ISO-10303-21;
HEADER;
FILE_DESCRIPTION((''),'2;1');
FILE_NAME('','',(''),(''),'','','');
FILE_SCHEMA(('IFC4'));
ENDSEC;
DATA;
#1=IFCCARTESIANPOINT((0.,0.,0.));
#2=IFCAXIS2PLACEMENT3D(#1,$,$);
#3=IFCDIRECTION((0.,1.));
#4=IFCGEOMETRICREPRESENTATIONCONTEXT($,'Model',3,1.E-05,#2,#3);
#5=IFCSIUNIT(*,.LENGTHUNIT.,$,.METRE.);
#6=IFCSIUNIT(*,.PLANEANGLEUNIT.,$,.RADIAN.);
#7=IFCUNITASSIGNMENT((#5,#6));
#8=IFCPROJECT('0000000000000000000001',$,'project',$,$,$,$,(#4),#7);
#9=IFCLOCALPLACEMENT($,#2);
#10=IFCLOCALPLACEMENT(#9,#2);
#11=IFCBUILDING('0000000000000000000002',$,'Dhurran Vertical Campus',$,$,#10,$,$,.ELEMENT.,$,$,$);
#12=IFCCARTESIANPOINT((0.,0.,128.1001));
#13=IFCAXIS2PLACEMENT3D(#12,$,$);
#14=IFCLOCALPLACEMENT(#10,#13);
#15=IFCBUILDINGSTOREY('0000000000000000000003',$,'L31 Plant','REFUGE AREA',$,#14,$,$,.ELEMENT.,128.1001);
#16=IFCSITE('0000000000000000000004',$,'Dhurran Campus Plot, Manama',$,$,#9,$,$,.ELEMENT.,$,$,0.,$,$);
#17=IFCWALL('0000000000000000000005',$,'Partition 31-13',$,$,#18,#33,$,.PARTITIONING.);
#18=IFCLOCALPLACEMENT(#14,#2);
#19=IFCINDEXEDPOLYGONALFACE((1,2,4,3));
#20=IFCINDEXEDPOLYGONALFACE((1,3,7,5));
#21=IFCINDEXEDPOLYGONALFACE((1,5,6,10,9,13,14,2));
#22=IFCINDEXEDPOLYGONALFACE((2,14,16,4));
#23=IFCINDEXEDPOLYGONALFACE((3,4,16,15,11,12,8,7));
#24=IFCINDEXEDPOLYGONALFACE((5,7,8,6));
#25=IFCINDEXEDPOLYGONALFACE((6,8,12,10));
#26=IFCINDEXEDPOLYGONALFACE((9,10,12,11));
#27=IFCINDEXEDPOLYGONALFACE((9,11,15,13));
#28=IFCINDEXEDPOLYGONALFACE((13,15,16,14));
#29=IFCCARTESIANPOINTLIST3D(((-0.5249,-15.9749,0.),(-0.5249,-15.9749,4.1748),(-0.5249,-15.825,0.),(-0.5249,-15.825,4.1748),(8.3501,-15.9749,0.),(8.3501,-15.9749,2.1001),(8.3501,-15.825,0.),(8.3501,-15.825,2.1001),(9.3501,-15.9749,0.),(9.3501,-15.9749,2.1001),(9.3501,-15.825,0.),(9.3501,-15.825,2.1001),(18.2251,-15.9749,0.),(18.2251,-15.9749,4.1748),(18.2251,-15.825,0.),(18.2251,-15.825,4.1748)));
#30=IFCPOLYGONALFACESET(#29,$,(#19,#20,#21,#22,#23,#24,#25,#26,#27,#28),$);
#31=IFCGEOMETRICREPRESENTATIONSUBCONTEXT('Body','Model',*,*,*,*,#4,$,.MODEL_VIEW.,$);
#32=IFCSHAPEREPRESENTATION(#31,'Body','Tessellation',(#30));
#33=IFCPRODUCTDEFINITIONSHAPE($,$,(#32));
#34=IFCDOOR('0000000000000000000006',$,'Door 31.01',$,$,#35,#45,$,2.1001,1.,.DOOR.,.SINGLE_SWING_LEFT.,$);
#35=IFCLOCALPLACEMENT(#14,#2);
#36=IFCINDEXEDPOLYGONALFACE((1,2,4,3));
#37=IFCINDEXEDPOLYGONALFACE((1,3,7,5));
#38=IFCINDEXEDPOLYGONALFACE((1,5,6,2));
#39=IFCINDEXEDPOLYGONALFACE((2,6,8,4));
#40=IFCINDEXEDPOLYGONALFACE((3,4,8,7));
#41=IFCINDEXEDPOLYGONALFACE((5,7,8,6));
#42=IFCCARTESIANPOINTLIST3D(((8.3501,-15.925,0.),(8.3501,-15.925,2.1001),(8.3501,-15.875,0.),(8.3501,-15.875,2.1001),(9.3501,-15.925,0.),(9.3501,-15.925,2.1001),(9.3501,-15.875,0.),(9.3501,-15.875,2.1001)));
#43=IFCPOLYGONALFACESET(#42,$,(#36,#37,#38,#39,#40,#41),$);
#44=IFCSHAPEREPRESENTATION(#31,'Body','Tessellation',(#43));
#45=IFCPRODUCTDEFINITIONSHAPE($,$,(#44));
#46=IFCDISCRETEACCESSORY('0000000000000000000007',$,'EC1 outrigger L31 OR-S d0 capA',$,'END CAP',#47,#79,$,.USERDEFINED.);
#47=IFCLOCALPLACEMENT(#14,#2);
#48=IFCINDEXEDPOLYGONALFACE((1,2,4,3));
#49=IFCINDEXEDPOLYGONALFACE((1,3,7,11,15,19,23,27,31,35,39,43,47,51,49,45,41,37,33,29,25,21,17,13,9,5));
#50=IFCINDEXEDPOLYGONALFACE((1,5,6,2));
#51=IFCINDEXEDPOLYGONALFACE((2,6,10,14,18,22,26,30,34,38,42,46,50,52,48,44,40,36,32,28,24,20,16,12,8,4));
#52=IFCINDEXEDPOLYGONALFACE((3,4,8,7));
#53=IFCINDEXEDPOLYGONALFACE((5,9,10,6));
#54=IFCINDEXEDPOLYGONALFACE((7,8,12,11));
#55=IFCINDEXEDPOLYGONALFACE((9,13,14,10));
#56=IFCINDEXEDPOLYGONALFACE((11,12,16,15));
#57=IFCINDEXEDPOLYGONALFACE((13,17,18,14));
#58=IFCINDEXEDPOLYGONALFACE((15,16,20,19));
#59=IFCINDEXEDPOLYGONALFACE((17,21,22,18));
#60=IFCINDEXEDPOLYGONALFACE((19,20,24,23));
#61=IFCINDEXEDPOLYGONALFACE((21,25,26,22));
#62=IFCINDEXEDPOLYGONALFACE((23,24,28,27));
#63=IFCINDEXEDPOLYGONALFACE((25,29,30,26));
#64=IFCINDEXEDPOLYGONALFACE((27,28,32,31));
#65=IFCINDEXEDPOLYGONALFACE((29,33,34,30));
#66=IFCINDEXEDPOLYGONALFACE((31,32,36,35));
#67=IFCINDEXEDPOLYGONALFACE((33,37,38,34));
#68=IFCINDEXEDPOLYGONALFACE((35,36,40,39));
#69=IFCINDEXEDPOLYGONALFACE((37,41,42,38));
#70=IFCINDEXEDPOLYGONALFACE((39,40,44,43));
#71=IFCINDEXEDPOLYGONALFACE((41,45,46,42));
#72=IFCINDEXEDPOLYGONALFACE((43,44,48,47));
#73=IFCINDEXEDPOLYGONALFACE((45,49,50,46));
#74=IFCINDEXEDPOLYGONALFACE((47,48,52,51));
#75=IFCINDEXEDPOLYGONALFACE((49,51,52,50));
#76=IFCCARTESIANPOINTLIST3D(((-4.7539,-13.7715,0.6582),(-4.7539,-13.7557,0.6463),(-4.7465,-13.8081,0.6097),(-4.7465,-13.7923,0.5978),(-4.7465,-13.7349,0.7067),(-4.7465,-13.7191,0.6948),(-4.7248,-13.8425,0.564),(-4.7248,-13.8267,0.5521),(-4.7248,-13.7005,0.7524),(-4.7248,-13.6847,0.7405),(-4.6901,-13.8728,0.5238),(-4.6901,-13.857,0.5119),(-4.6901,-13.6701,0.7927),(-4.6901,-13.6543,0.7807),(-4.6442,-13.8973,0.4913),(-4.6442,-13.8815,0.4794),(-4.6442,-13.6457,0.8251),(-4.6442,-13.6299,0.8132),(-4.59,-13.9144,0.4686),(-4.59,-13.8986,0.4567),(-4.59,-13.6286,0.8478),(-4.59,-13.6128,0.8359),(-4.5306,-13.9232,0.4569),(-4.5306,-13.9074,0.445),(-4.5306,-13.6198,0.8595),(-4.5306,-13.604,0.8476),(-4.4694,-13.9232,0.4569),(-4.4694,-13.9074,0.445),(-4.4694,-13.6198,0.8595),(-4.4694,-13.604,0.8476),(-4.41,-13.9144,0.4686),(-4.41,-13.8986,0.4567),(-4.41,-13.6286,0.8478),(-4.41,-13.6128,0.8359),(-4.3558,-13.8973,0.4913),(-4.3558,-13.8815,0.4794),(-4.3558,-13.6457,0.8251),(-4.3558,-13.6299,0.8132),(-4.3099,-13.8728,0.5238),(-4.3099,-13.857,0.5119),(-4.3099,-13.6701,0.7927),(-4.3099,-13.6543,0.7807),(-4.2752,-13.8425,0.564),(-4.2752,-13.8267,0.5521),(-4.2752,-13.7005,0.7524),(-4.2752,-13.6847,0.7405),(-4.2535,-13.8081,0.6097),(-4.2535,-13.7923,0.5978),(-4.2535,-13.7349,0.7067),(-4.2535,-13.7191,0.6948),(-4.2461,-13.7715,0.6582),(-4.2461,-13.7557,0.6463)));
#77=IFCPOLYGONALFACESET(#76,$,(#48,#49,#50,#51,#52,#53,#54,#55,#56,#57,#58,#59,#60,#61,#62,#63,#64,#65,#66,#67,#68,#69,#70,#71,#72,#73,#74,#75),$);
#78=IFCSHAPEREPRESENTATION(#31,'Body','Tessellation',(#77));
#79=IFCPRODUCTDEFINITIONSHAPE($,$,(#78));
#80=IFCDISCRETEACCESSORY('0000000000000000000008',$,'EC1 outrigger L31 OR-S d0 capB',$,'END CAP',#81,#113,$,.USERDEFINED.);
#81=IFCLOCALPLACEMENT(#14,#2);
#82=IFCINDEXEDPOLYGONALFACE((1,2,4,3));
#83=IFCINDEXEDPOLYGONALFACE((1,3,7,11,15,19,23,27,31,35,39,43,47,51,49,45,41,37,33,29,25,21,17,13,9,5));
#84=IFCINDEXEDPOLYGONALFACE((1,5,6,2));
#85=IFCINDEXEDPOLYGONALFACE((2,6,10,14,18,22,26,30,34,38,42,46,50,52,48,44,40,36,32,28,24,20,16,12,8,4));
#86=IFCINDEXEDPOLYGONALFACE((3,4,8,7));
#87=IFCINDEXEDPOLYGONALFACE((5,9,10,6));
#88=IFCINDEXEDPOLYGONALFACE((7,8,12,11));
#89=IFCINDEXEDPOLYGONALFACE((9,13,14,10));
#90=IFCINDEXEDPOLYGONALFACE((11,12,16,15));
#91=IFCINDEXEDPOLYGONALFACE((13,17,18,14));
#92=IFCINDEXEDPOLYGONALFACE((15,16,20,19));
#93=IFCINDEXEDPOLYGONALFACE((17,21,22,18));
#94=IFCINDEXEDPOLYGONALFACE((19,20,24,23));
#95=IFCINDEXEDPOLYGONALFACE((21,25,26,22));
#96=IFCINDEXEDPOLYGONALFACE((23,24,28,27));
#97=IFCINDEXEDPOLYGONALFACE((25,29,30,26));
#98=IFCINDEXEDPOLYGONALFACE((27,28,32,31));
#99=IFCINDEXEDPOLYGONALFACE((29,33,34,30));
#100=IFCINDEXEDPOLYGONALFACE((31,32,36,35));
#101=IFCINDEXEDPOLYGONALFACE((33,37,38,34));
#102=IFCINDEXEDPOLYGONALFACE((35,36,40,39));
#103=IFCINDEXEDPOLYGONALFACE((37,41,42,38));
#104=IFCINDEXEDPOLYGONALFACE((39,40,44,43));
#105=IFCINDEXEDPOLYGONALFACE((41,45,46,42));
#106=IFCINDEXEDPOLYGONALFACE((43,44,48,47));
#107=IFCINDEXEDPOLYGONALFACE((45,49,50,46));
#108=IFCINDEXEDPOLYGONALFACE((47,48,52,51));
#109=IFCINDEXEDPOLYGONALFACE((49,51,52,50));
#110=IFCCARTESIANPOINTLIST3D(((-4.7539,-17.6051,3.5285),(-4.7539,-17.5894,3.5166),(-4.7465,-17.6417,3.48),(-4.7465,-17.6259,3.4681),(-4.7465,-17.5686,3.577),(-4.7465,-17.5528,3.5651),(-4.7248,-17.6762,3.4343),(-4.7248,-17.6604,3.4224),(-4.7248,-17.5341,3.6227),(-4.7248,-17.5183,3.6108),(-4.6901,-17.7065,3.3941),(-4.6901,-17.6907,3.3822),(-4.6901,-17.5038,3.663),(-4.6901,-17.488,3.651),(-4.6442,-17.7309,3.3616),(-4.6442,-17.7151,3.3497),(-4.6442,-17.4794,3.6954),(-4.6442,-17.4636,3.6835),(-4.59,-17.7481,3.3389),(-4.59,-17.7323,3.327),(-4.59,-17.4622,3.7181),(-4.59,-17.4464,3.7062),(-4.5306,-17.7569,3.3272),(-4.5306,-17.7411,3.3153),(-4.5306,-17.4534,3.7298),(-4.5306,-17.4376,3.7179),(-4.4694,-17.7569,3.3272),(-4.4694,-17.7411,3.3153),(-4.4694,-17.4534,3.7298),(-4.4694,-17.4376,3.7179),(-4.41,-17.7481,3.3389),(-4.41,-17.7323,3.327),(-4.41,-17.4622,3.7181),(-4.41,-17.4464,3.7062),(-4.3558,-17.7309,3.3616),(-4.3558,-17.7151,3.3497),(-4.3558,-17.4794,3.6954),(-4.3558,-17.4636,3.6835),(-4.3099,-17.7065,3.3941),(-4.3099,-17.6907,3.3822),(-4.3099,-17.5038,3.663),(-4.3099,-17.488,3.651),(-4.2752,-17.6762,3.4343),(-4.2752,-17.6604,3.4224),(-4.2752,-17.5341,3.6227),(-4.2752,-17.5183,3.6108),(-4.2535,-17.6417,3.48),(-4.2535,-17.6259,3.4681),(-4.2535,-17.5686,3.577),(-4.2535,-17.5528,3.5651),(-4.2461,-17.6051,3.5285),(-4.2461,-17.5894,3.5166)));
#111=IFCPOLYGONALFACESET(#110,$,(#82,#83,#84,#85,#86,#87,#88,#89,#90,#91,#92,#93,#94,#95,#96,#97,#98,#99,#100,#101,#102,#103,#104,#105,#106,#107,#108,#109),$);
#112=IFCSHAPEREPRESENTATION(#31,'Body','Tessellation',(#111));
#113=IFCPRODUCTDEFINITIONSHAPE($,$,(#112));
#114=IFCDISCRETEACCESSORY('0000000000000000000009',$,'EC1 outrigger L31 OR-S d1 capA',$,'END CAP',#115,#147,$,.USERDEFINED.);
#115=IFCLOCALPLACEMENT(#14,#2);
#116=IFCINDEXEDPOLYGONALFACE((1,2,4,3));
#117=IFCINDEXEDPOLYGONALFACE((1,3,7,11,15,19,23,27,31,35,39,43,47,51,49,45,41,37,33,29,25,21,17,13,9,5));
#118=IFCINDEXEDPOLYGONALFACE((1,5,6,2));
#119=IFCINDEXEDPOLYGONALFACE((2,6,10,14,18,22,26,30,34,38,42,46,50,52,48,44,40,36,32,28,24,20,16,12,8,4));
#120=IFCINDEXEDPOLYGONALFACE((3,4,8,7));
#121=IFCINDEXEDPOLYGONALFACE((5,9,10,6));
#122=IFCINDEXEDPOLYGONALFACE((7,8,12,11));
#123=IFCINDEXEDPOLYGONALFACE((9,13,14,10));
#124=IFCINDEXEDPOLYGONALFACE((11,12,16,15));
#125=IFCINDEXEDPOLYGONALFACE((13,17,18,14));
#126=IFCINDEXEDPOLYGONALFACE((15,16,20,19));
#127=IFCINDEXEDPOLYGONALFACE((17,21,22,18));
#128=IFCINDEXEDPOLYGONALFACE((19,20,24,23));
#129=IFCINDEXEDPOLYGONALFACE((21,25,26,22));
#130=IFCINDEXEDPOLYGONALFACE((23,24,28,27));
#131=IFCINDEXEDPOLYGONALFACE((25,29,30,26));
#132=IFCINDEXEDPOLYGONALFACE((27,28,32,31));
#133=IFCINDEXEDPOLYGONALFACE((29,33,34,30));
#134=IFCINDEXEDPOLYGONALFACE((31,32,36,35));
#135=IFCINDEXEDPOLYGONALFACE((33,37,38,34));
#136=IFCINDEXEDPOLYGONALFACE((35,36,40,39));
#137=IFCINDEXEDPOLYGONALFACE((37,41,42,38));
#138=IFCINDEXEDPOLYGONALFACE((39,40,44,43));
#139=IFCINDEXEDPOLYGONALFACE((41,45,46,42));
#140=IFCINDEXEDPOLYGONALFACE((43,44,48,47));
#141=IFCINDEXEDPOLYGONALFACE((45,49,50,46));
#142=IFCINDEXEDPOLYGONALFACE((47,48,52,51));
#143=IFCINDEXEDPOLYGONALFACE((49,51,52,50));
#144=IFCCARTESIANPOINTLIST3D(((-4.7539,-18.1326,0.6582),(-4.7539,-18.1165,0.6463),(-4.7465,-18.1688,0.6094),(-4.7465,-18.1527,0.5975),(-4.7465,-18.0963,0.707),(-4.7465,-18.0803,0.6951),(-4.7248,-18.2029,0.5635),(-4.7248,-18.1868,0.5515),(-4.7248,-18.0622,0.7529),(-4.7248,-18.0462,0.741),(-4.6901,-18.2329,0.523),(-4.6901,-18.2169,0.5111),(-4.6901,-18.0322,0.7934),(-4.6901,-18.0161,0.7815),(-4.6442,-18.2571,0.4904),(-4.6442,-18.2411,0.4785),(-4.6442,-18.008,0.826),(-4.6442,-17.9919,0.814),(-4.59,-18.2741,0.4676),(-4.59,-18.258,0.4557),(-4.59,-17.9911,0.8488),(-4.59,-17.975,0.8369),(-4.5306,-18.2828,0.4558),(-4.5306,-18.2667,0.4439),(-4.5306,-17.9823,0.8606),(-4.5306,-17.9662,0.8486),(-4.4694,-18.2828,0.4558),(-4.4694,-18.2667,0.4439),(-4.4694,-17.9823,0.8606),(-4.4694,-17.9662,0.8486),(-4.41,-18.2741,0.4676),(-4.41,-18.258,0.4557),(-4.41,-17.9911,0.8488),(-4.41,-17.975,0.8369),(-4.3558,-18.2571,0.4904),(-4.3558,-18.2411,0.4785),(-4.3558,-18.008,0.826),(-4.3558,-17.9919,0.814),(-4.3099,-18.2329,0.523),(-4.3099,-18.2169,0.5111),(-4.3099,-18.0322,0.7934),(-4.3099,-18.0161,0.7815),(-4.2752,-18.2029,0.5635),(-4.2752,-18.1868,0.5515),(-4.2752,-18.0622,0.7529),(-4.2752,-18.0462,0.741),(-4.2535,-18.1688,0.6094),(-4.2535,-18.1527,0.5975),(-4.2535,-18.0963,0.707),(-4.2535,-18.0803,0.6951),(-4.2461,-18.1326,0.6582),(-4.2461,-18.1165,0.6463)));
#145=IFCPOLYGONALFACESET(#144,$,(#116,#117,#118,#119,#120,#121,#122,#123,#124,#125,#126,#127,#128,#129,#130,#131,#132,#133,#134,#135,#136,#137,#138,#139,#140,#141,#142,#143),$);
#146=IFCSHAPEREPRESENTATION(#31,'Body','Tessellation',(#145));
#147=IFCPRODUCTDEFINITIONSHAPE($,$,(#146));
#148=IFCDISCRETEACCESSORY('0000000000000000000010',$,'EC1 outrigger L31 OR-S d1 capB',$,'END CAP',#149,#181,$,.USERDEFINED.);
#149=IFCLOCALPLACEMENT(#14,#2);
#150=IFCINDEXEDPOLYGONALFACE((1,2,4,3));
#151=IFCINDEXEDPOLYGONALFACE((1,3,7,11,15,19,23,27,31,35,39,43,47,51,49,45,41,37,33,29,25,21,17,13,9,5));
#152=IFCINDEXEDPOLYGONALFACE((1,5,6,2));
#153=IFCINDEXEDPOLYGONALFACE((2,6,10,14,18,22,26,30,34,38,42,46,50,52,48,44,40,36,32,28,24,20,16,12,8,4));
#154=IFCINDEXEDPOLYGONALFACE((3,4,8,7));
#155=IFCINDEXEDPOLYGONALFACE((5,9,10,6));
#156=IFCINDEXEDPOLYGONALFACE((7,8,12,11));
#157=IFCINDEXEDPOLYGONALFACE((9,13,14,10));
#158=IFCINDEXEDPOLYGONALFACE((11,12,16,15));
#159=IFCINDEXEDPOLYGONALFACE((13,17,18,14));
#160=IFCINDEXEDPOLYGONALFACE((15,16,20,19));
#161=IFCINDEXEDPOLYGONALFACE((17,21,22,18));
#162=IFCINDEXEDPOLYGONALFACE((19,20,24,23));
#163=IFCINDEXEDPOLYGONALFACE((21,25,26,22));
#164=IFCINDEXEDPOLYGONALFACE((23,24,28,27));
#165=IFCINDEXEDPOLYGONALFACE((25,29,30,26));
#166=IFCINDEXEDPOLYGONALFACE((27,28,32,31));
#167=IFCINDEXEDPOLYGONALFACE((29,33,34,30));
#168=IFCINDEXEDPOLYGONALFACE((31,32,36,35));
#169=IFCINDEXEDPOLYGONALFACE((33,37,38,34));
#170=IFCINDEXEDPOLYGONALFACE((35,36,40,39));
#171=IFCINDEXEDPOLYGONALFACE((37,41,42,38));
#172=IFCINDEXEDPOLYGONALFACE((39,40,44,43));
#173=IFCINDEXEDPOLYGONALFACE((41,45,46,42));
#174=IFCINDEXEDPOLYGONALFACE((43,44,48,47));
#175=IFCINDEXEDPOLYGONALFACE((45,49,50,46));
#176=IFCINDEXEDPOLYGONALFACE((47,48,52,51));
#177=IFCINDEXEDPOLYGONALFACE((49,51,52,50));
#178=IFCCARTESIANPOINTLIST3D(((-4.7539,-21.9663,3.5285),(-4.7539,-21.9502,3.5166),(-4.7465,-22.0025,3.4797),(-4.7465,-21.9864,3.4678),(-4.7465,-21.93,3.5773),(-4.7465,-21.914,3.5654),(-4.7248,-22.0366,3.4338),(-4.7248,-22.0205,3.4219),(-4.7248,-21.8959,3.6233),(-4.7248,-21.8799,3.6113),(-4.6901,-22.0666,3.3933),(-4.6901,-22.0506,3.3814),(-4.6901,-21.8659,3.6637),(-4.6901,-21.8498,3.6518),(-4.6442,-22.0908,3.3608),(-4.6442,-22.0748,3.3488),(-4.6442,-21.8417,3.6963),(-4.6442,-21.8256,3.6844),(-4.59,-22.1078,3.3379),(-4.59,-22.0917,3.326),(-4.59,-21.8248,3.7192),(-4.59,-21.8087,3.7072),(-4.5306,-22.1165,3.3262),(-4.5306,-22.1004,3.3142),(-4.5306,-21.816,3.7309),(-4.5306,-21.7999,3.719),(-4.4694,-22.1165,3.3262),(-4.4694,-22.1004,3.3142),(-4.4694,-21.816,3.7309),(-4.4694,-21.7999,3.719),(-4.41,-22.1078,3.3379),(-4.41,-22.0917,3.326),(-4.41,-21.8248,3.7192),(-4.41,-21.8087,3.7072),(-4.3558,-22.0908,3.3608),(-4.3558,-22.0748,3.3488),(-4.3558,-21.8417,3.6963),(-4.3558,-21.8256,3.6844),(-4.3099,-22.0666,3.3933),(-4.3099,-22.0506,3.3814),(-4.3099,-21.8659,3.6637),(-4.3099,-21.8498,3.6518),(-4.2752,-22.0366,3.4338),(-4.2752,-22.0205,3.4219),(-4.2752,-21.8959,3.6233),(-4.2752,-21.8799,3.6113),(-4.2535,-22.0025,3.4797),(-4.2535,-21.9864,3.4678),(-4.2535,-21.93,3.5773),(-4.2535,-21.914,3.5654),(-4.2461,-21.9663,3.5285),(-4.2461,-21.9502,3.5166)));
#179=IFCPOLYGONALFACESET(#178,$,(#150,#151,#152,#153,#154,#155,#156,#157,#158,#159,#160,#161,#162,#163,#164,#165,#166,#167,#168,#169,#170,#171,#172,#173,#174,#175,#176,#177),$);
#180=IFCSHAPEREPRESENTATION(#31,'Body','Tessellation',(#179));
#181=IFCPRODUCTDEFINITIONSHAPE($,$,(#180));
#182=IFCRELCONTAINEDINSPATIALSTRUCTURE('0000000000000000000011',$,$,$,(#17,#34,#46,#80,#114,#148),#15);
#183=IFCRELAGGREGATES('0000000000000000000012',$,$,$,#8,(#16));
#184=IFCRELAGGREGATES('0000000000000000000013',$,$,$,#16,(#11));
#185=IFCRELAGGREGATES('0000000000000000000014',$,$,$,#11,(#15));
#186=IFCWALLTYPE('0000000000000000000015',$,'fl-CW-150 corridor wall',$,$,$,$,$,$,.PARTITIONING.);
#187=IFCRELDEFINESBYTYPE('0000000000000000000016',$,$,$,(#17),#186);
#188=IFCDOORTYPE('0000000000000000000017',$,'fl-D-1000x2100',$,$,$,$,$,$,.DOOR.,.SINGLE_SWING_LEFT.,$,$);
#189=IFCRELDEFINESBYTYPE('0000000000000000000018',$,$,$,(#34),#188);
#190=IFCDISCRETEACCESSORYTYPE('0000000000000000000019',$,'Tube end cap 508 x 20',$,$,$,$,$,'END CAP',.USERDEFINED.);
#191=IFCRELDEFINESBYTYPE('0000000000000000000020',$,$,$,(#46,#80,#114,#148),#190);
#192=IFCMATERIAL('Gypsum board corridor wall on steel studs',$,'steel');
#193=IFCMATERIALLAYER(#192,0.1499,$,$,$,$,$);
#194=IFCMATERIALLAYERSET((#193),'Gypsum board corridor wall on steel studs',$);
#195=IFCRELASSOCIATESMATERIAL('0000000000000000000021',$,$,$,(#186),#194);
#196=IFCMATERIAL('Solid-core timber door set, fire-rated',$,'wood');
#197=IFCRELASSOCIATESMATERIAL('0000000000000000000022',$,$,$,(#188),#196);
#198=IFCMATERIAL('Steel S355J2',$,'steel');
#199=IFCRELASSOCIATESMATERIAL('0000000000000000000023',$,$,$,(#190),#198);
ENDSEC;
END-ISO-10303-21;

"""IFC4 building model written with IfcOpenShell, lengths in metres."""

from ifc_helpers import new_model, si_unit, direction, frame, frame_2d, origin, origin_2d, place, context, subcontext, project, spatial, rectangle, circle, extrude, material, layer, layer_set, material_profile, profile_set, type_object, element, fill, save


model = new_model("IFC4")

# Units and contexts
model_context = context("Model", 3, precision=1e-05, world=origin(), true_north=direction((0.0, 1.0)))
body_context = subcontext(model_context, "Body", "Model", "MODEL_VIEW")
ifc_project = project(units=[si_unit("LENGTHUNIT", "METRE"), si_unit("PLANEANGLEUNIT", "RADIAN")], contexts=[model_context])

# Site, building, storey
site_placement = place(None, origin())
site = spatial("IfcSite", under=ifc_project, at=site_placement, Name="Dhurran Campus Plot, Manama", CompositionType="ELEMENT", RefElevation=0.0)
building_placement = place(site_placement, origin())
building = spatial("IfcBuilding", under=site, at=building_placement, Name="Dhurran Vertical Campus", CompositionType="ELEMENT")
storey_placement = place(building_placement, frame((0.0, 0.0, 128.1001)))
storey = spatial("IfcBuildingStorey", under=building, at=storey_placement, Name="L31 Plant", Description="REFUGE AREA", CompositionType="ELEMENT", Elevation=128.1001)

# Shared definitions
ifc_material_1 = material(Name="Gypsum board corridor wall on steel studs", Category="steel")
ifc_layer = layer(ifc_material_1, 0.1499)
ifc_layer_set = layer_set([ifc_layer], Name="Gypsum board corridor wall on steel studs")
wall_type = type_object("IfcWallType", Name="fl-CW-150 corridor wall", PredefinedType="PARTITIONING", material=ifc_layer_set)

# Wall, opening, door
wall_1_placement = place(storey_placement, frame((-0.5249, -15.8999, 0.0), z_axis=(0.0, 0.0, 1.0), x_axis=(1.0, 0.0, 0.0)))
wall_1 = element("IfcWall", 1, at=wall_1_placement, inside=storey, type_object=wall_type, Name="Partition 31-13", PredefinedType="PARTITIONING", context=body_context, shape_type="SweptSolid", body=[
    extrude(rectangle(XDim=18.75, YDim=0.1499, at=frame_2d((9.375, 0.0))), origin(), (0.0, 0.0, 1.0), 4.1748),
])
opening_placement = place(wall_1_placement, frame((8.875, 0.0, 0.0)))
opening = element("IfcOpeningElement", 2, at=opening_placement, cuts=wall_1, PredefinedType="OPENING", context=body_context, shape_type="SweptSolid", body=[
    extrude(rectangle(XDim=1.0, YDim=2.1001, at=frame_2d((0.5, 1.05))), frame((0.0, 0.085, 0.0), z_axis=(0.0, -1.0, 0.0), x_axis=(1.0, 0.0, 0.0)), (0.0, 0.0, 1.0), 0.1699),
])
ifc_material_2 = material(Name="Solid-core timber door set, fire-rated", Category="wood")
door_type = type_object("IfcDoorType", Name="fl-D-1000x2100", OperationType="SINGLE_SWING_LEFT", PredefinedType="DOOR", material=ifc_material_2)
door_placement = place(opening_placement, origin())
door = element("IfcDoor", 3, at=door_placement, inside=storey, type_object=door_type, Name="Door 31.01", OperationType="SINGLE_SWING_LEFT", OverallHeight=2.1001, OverallWidth=1.0, PredefinedType="DOOR", context=body_context, shape_type="SweptSolid", body=[
    extrude(rectangle(XDim=1.0, YDim=2.1001, at=frame_2d((0.5, 1.05))), frame((0.0, 0.0249, 0.0), z_axis=(0.0, -1.0, 0.0), x_axis=(1.0, 0.0, 0.0)), (0.0, 0.0, 1.0), 0.05),
])
fill(opening, door)

# Discrete accessories
ifc_material_3 = material(Name="Steel S355J2", Category="steel")
ifc_material_profile_1 = material_profile(ifc_material_3, circle(Radius=0.2539, at=origin_2d()), Name="Tube end cap 508 x 20")
ifc_profile_set_1 = profile_set([ifc_material_profile_1], Name="Steel S355J2")
discrete_accessory_type = type_object("IfcDiscreteAccessoryType", Name="Tube end cap 508 x 20", ElementType="END CAP", PredefinedType="USERDEFINED", material=ifc_profile_set_1)
for number, where, z_axis, x_axis, name in (
    (4, (-4.5, -13.7715, 0.6582), (0.0, 0.798523, -0.601964), (-1.0, 0.0, 0.0), "EC1 outrigger L31 OR-S d0 capA"),
    (5, (-4.5, -17.5894, 3.5166), (0.0, -0.798523, 0.601964), (1.0, 0.0, 0.0), "EC1 outrigger L31 OR-S d0 capB"),
):
    element("IfcDiscreteAccessory", number, at=place(storey_placement, frame(where, z_axis=z_axis, x_axis=x_axis)), inside=storey, type_object=discrete_accessory_type, Name=name, ObjectType="END CAP", PredefinedType="USERDEFINED", context=body_context, shape_type="SweptSolid", body=[
        extrude(circle(Radius=0.2539, at=origin_2d()), origin(), (0.0, 0.0, 1.0), 0.0198),
    ])
for number, where, z_axis, x_axis, name in (
    (6, (-4.5, -18.1326, 0.6582), (0.0, 0.80291, -0.5961), (-1.0, 0.0, 0.0), "EC1 outrigger L31 OR-S d1 capA"),
    (7, (-4.5, -21.9502, 3.5166), (0.0, -0.80291, 0.5961), (1.0, 0.0, 0.0), "EC1 outrigger L31 OR-S d1 capB"),
):
    element("IfcDiscreteAccessory", number, at=place(storey_placement, frame(where, z_axis=z_axis, x_axis=x_axis)), inside=storey, type_object=discrete_accessory_type, Name=name, ObjectType="END CAP", PredefinedType="USERDEFINED", context=body_context, shape_type="SweptSolid", body=[
        extrude(circle(Radius=0.2539, at=origin_2d()), origin(), (0.0, 0.0, 1.0), 0.02),
    ])

save(model, "model.ifc")
